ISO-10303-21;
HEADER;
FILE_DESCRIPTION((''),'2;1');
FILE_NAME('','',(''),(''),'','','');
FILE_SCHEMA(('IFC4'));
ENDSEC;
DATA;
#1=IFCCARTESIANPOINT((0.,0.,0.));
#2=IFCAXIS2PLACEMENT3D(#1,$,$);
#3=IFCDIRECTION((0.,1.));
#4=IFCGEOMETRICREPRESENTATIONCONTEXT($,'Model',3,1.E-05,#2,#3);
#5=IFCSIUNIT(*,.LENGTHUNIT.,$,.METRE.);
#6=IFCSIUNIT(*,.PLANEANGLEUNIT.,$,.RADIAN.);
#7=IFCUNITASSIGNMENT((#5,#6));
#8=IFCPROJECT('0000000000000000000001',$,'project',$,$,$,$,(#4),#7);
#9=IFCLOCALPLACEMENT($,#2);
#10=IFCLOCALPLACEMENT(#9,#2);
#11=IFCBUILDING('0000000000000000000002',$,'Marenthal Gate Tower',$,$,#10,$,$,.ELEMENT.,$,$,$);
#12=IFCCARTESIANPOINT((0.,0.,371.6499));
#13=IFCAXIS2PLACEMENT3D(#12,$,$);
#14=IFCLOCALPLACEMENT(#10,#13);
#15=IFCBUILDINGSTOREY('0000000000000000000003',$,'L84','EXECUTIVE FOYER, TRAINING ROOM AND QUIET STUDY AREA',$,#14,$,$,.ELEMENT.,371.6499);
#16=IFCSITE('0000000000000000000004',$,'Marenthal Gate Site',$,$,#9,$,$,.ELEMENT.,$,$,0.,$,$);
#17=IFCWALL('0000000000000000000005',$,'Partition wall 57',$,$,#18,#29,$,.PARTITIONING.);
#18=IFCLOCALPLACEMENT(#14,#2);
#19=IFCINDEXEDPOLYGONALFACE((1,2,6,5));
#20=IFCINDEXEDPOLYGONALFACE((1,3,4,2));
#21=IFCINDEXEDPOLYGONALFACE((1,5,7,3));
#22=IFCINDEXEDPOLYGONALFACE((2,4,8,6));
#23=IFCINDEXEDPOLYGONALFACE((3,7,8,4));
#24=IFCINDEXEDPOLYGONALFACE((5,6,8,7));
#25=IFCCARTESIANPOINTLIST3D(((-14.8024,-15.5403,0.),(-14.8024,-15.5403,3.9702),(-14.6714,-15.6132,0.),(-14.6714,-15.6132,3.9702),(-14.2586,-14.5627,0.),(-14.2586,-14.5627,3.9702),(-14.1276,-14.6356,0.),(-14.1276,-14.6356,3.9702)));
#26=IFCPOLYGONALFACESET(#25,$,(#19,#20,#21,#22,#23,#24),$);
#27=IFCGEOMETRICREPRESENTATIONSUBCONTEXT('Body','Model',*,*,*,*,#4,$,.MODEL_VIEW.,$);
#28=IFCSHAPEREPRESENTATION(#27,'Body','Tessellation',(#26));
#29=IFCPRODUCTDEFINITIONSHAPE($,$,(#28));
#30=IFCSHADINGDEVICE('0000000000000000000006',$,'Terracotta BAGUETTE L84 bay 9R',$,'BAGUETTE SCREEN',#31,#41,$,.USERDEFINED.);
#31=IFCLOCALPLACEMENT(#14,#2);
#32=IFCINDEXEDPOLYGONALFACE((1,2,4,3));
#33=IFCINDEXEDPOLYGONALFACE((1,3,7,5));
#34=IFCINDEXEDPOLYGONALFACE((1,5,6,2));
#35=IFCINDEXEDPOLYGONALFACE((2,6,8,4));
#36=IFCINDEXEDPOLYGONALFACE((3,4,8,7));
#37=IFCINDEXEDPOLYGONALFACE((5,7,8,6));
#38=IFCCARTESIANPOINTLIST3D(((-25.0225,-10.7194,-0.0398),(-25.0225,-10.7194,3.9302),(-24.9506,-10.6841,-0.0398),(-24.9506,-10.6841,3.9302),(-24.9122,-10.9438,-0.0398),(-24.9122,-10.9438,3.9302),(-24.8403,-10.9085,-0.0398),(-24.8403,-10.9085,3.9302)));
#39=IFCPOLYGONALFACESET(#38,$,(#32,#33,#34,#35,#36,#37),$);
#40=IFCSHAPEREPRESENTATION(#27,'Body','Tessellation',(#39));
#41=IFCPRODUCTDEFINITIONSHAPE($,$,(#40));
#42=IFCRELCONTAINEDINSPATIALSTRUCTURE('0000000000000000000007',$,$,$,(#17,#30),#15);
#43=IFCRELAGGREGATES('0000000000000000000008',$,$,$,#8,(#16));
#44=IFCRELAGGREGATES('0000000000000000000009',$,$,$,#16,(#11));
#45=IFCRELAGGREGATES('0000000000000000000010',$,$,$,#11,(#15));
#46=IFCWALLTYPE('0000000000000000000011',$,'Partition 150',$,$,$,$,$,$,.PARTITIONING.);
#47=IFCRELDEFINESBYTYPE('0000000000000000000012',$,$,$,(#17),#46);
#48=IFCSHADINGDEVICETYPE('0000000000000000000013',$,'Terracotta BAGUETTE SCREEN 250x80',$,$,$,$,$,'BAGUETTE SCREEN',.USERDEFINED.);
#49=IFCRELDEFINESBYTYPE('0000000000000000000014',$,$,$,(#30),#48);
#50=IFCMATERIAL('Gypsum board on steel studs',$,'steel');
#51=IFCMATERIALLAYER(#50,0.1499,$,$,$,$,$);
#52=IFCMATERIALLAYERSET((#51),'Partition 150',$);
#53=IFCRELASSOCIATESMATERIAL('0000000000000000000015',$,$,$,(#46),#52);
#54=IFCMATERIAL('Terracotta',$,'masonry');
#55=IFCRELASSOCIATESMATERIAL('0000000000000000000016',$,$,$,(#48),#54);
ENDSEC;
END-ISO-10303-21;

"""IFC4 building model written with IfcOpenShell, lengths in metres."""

from ifc_helpers import new_model, si_unit, direction, frame, frame_2d, origin, origin_2d, place, context, subcontext, project, spatial, rectangle, extrude, material, layer, layer_set, material_profile, profile_set, type_object, element, save


model = new_model("IFC4")

# Units and contexts
model_context = context("Model", 3, precision=1e-05, world=origin(), true_north=direction((0.0, 1.0)))
body_context = subcontext(model_context, "Body", "Model", "MODEL_VIEW")
ifc_project = project(units=[si_unit("LENGTHUNIT", "METRE"), si_unit("PLANEANGLEUNIT", "RADIAN")], contexts=[model_context])

# Site, building, storey
site_placement = place(None, origin())
site = spatial("IfcSite", under=ifc_project, at=site_placement, Name="Marenthal Gate Site", CompositionType="ELEMENT", RefElevation=0.0)
building_placement = place(site_placement, origin())
building = spatial("IfcBuilding", under=site, at=building_placement, Name="Marenthal Gate Tower", CompositionType="ELEMENT")
storey_placement = place(building_placement, frame((0.0, 0.0, 371.6499)))
storey = spatial("IfcBuildingStorey", under=building, at=storey_placement, Name="L84", Description="EXECUTIVE FOYER, TRAINING ROOM AND QUIET STUDY AREA", CompositionType="ELEMENT", Elevation=371.6499)

# Shared definitions
ifc_material_1 = material(Name="Gypsum board on steel studs", Category="steel")
ifc_layer_1 = layer(ifc_material_1, 0.1499)
ifc_layer_set_1 = layer_set([ifc_layer_1], Name="Partition 150")
wall_type_1 = type_object("IfcWallType", Name="Partition 150", PredefinedType="PARTITIONING", material=ifc_layer_set_1)

# Wall
wall_1_placement = place(storey_placement, frame((-14.1931, -14.5991, 0.0), z_axis=(0.0, 0.0, 1.0), x_axis=(-0.486069, -0.87392, 0.0)))
element("IfcWall", 1, at=wall_1_placement, inside=storey, type_object=wall_type_1, Name="Partition wall 57", PredefinedType="PARTITIONING", context=body_context, shape_type="SweptSolid", body=[
    extrude(rectangle(XDim=1.1187, YDim=0.1499, at=frame_2d((0.5593, 0.0))), origin(), (0.0, 0.0, 1.0), 3.9702),
])

# Shading device
ifc_material_2 = material(Name="Terracotta", Category="masonry")
ifc_material_profile_1 = material_profile(ifc_material_2, rectangle(XDim=0.25, YDim=0.0801, at=origin_2d()), Name="Terracotta baguette 250x80")
ifc_profile_set_1 = profile_set([ifc_material_profile_1], Name="Terracotta")
shading_device_type = type_object("IfcShadingDeviceType", Name="Terracotta BAGUETTE SCREEN 250x80", ElementType="BAGUETTE SCREEN", PredefinedType="USERDEFINED", material=ifc_profile_set_1)
shading_device_placement = place(storey_placement, frame((-24.9314, -10.814, -0.0398), z_axis=(0.0, 0.0, 1.0), x_axis=(0.440939, -0.897537, 0.0)))
element("IfcShadingDevice", 2, at=shading_device_placement, inside=storey, type_object=shading_device_type, Name="Terracotta BAGUETTE L84 bay 9R", ObjectType="BAGUETTE SCREEN", PredefinedType="USERDEFINED", context=body_context, shape_type="SweptSolid", body=[
    extrude(rectangle(XDim=0.25, YDim=0.0801, at=origin_2d()), origin(), (0.0, 0.0, 1.0), 3.97),
])

save(model, "model.ifc")
